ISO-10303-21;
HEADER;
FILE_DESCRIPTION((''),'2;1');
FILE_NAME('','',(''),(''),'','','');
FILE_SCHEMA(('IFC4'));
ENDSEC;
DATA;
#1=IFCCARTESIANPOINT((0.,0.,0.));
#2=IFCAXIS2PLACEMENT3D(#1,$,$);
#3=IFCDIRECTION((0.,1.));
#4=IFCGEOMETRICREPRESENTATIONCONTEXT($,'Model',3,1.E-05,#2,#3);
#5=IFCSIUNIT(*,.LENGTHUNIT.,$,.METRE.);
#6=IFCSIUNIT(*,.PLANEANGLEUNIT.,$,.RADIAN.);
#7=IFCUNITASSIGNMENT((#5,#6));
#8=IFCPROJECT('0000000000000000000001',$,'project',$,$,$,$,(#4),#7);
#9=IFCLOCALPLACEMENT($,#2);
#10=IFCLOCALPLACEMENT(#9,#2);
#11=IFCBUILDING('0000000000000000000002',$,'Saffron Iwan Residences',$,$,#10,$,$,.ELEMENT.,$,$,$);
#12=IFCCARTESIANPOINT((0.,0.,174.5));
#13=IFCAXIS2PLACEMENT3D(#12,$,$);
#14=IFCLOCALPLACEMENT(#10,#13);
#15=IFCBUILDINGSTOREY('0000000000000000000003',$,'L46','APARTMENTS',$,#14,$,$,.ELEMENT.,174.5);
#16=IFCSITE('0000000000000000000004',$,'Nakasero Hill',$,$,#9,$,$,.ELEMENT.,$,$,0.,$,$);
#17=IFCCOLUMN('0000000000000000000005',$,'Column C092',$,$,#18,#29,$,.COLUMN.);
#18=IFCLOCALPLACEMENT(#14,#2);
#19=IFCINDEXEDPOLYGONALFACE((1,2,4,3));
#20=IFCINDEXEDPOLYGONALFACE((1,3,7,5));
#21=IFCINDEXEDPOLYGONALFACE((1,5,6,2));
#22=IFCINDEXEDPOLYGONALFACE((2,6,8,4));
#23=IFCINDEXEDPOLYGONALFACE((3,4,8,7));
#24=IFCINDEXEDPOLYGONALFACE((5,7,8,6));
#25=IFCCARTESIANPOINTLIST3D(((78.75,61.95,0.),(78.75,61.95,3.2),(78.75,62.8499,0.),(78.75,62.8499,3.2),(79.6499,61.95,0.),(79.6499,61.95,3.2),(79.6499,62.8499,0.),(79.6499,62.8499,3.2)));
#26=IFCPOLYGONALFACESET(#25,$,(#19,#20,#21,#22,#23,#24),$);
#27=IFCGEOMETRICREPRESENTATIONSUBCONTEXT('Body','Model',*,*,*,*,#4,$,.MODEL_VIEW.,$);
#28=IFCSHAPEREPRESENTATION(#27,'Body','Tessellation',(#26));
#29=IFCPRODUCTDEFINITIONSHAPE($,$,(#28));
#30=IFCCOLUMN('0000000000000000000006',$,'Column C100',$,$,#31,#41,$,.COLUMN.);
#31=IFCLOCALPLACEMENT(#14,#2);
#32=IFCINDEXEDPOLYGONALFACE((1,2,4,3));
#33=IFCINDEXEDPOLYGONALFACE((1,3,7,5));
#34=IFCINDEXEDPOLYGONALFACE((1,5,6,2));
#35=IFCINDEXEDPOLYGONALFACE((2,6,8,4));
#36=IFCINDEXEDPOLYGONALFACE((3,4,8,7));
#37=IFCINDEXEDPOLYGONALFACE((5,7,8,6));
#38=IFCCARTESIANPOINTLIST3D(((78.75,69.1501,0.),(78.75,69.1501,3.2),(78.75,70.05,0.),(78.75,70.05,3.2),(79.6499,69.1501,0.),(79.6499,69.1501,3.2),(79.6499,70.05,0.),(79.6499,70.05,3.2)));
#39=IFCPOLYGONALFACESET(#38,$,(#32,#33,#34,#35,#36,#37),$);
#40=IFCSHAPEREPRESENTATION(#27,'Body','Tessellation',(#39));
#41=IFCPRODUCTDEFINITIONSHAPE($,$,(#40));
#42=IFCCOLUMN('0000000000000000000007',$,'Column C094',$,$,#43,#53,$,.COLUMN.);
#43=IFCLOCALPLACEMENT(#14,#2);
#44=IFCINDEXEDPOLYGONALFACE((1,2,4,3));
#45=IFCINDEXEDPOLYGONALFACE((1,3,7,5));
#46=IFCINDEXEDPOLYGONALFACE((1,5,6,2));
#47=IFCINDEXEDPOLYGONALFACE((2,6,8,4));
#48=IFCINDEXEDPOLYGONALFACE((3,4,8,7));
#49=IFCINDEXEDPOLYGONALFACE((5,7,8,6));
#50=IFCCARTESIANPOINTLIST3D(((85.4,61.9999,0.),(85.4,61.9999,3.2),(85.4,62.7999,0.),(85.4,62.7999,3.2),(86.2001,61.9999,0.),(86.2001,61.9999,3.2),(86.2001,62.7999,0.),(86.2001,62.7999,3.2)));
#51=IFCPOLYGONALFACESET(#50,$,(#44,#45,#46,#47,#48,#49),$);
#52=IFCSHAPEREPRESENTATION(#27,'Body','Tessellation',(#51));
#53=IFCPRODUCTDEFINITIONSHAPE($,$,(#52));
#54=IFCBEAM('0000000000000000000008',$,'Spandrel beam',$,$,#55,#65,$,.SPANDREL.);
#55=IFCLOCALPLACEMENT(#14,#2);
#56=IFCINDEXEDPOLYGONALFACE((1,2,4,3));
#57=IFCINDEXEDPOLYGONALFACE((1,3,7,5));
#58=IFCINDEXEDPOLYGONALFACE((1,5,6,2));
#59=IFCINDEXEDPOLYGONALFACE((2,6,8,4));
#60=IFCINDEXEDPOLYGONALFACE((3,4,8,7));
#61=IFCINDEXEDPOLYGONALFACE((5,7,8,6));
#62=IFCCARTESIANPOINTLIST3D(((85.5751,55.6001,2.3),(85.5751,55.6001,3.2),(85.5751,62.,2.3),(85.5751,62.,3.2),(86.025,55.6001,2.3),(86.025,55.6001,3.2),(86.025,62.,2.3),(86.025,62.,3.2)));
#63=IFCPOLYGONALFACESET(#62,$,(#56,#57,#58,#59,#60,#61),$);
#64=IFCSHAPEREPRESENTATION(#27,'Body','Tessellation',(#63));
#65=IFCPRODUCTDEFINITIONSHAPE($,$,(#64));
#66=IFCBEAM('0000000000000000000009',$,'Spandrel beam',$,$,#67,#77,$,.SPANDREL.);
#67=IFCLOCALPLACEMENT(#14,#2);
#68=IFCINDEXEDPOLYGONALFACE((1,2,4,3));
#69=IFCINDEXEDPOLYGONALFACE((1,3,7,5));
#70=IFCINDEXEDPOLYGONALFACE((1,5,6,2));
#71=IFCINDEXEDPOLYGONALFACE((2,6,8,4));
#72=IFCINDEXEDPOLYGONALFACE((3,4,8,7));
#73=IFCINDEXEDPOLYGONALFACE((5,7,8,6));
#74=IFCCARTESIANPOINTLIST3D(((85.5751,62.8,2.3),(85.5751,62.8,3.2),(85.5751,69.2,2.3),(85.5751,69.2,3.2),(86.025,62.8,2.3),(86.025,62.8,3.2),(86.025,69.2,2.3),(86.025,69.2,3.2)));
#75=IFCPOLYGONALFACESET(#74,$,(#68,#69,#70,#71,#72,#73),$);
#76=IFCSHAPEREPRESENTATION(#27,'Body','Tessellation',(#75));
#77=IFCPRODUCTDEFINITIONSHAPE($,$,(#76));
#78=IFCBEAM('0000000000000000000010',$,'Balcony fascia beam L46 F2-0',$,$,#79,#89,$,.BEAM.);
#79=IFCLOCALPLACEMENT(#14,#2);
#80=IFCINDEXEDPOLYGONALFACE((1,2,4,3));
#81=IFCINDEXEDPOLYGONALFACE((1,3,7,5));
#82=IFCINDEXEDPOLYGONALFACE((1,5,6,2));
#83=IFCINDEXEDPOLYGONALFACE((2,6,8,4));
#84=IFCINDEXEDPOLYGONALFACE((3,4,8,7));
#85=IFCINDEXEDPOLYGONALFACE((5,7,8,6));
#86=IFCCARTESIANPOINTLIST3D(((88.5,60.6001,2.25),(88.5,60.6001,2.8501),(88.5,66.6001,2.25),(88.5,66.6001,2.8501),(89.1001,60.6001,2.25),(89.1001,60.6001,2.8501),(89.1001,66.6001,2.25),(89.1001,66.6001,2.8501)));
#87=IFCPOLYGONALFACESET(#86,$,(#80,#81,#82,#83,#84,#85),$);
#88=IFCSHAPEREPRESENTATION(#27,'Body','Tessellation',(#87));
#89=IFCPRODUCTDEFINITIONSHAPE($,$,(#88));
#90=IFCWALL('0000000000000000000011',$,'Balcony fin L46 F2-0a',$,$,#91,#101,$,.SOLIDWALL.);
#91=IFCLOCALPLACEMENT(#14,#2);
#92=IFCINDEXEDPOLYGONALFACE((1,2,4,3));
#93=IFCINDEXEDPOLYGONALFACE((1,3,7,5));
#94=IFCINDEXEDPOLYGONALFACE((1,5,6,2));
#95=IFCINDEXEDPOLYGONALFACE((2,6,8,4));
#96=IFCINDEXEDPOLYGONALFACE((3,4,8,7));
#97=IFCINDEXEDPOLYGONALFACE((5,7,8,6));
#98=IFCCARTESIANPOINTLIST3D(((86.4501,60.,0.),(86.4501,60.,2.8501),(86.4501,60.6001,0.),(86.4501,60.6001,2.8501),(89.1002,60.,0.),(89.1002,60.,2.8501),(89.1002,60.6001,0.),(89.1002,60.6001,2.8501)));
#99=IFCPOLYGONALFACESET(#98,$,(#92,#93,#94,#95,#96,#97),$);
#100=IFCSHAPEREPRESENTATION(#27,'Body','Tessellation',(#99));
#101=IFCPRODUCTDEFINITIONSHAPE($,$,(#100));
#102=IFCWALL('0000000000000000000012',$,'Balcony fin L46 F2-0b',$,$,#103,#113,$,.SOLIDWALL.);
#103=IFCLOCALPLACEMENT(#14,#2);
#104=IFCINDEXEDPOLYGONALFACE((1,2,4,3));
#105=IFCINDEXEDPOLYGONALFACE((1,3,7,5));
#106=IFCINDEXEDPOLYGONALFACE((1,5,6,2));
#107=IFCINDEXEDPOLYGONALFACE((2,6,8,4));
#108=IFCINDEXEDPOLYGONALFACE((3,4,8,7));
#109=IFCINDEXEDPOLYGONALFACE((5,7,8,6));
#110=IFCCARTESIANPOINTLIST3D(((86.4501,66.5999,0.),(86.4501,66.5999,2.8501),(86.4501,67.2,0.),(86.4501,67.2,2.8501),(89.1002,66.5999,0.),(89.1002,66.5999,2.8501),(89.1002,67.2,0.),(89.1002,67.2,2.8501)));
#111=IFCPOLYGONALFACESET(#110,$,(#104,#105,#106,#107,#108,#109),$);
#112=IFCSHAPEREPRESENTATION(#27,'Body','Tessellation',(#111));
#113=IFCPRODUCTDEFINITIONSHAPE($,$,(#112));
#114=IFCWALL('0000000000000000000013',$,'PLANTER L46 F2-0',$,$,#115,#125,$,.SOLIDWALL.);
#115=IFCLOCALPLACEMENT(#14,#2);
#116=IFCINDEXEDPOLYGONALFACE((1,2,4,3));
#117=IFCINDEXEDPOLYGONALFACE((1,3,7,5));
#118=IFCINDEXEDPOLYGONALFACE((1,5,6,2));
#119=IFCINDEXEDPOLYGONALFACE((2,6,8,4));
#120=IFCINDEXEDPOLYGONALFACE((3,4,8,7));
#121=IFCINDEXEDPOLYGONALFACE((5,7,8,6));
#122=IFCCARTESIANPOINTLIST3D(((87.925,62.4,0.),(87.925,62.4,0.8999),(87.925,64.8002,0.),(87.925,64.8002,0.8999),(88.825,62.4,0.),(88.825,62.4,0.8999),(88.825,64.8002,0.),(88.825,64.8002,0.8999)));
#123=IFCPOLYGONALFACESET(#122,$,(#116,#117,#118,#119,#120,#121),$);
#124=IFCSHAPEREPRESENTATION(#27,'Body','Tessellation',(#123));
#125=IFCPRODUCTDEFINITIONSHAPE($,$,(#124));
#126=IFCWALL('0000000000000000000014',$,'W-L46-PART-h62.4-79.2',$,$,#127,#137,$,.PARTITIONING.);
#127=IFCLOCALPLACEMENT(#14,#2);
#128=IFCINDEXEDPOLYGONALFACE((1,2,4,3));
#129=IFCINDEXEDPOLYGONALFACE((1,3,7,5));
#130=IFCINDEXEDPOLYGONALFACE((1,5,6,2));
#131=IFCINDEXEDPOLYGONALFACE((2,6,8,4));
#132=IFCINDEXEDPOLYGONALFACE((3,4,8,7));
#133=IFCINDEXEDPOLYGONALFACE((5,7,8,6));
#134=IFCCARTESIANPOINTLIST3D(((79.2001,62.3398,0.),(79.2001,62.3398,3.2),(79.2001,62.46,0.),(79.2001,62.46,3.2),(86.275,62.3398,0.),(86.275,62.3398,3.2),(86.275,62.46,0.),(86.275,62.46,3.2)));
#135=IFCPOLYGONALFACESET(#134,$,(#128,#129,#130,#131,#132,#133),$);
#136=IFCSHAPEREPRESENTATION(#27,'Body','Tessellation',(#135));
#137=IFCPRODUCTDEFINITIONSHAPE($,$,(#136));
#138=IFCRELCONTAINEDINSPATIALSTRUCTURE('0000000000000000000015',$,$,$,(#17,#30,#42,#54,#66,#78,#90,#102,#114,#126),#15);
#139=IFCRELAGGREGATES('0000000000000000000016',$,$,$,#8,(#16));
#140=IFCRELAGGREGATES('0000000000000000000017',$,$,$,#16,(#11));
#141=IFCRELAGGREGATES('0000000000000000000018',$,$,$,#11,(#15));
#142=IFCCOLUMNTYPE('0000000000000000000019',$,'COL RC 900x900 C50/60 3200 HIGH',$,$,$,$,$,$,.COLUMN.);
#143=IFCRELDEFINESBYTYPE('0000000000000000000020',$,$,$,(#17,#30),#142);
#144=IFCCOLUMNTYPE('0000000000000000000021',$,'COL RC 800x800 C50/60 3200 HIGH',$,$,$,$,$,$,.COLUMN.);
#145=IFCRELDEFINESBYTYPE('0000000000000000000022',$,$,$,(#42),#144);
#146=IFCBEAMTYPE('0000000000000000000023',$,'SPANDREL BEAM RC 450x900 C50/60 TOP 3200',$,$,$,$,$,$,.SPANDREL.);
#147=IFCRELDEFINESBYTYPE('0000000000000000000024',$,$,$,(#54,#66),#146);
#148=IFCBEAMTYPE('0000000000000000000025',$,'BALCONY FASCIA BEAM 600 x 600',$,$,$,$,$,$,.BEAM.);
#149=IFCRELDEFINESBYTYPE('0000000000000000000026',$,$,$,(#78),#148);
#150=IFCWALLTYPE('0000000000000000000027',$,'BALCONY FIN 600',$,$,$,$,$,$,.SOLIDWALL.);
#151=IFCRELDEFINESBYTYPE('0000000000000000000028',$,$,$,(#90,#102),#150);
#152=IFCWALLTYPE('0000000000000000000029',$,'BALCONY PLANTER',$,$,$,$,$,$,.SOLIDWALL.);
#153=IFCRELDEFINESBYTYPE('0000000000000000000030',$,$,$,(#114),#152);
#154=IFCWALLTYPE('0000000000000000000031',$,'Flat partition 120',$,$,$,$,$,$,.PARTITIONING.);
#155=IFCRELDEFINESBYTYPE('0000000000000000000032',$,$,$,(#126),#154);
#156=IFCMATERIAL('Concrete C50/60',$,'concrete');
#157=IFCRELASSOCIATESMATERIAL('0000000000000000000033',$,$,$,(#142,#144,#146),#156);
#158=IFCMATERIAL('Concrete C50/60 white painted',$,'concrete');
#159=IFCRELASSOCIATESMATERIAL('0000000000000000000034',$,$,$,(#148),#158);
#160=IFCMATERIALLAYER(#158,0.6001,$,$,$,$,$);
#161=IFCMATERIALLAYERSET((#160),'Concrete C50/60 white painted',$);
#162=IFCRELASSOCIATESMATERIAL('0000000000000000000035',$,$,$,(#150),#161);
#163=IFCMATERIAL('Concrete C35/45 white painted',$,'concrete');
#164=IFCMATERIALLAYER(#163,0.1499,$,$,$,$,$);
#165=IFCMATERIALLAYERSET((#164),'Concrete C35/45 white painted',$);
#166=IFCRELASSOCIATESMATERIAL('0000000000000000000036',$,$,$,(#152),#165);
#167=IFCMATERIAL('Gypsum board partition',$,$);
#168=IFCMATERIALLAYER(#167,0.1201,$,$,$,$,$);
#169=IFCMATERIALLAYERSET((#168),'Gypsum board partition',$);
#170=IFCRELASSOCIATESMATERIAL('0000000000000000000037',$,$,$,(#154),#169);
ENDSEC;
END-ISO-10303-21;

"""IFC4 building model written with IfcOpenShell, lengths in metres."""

from ifc_helpers import new_model, si_unit, direction, frame, frame_2d, origin, origin_2d, place, context, subcontext, project, spatial, rectangle, extrude, source, transform, mapped, material, layer, layer_set, material_profile, profile_set, type_object, element, save


model = new_model("IFC4")

# Units and contexts
model_context = context("Model", 3, precision=1e-05, world=origin(), true_north=direction((0.0, 1.0)))
body_context = subcontext(model_context, "Body", "Model", "MODEL_VIEW")
ifc_project = project(units=[si_unit("LENGTHUNIT", "METRE"), si_unit("PLANEANGLEUNIT", "RADIAN")], contexts=[model_context])

# Site, building, storey
site_placement = place(None, origin())
site = spatial("IfcSite", under=ifc_project, at=site_placement, Name="Nakasero Hill", CompositionType="ELEMENT", RefElevation=0.0)
building_placement = place(site_placement, origin())
building = spatial("IfcBuilding", under=site, at=building_placement, Name="Saffron Iwan Residences", CompositionType="ELEMENT")
storey_placement = place(building_placement, frame((0.0, 0.0, 174.5)))
storey = spatial("IfcBuildingStorey", under=building, at=storey_placement, Name="L46", Description="APARTMENTS", CompositionType="ELEMENT", Elevation=174.5)

# Columns
ifc_material_1 = material(Name="Concrete C50/60", Category="concrete")
ifc_material_profile_1 = material_profile(ifc_material_1, rectangle(XDim=0.8999, YDim=0.8999, at=origin_2d()), Name="RC 900x900")
ifc_profile_set_1 = profile_set([ifc_material_profile_1], Name="Concrete C50/60")
column_type_1 = type_object("IfcColumnType", Name="COL RC 900x900 C50/60 3200 HIGH", PredefinedType="COLUMN", material=ifc_profile_set_1)
shared_shape_1 = source(origin(), body_context, "Body", "SweptSolid", [
    extrude(rectangle(XDim=0.8999, YDim=0.8999, at=origin_2d()), origin(), (0.0, 0.0, 1.0), 3.2),
])
for number, where, z_axis, x_axis, name in (
    (1, (79.2, 62.3999, 0.0), (0.0, 0.0, 1.0), (1.0, 0.0, 0.0), "Column C092"),
    (2, (79.2, 69.6001, 0.0), (0.0, 0.0, 1.0), (1.0, 0.0, 0.0), "Column C100"),
):
    element("IfcColumn", number, at=place(storey_placement, frame(where, z_axis=z_axis, x_axis=x_axis)), inside=storey, type_object=column_type_1, Name=name, PredefinedType="COLUMN", context=body_context, shape_type="MappedRepresentation", body=[
        mapped(shared_shape_1, transform((0.0, 0.0, 0.0))),
    ])
ifc_material_profile_2 = material_profile(ifc_material_1, rectangle(XDim=0.8, YDim=0.8, at=origin_2d()), Name="RC 800x800")
ifc_profile_set_2 = profile_set([ifc_material_profile_2], Name="Concrete C50/60")
column_type_2 = type_object("IfcColumnType", Name="COL RC 800x800 C50/60 3200 HIGH", PredefinedType="COLUMN", material=ifc_profile_set_2)
shared_shape_2 = source(origin(), body_context, "Body", "SweptSolid", [
    extrude(rectangle(XDim=0.8, YDim=0.8, at=origin_2d()), origin(), (0.0, 0.0, 1.0), 3.2),
])
column_placement = place(storey_placement, frame((85.8, 62.3999, 0.0), z_axis=(0.0, 0.0, 1.0), x_axis=(1.0, 0.0, 0.0)))
element("IfcColumn", 3, at=column_placement, inside=storey, type_object=column_type_2, Name="Column C094", PredefinedType="COLUMN", context=body_context, shape_type="MappedRepresentation", body=[
    mapped(shared_shape_2, transform((0.0, 0.0, 0.0))),
])

# Beams
ifc_material_profile_3 = material_profile(ifc_material_1, rectangle(XDim=0.45, YDim=0.8999, at=origin_2d()), Name="RC 450x900")
ifc_profile_set_3 = profile_set([ifc_material_profile_3], Name="Concrete C50/60")
beam_type_1 = type_object("IfcBeamType", Name="SPANDREL BEAM RC 450x900 C50/60 TOP 3200", PredefinedType="SPANDREL", material=ifc_profile_set_3)
shared_shape_3 = source(origin(), body_context, "Body", "SweptSolid", [
    extrude(rectangle(XDim=0.45, YDim=0.8999, at=origin_2d()), origin(), (0.0, 0.0, 1.0), 6.3999),
])
for number, where, z_axis, x_axis, name in (
    (4, (85.8, 62.0, 2.75), (0.0, -1.0, 0.0), (1.0, 0.0, 0.0), "Spandrel beam"),
    (5, (85.8, 69.2, 2.75), (0.0, -1.0, 0.0), (1.0, 0.0, 0.0), "Spandrel beam"),
):
    element("IfcBeam", number, at=place(storey_placement, frame(where, z_axis=z_axis, x_axis=x_axis)), inside=storey, type_object=beam_type_1, Name=name, PredefinedType="SPANDREL", context=body_context, shape_type="MappedRepresentation", body=[
        mapped(shared_shape_3, transform((0.0, 0.0, 0.0))),
    ])
ifc_material_2 = material(Name="Concrete C50/60 white painted", Category="concrete")
ifc_material_profile_4 = material_profile(ifc_material_2, rectangle(XDim=0.6001, YDim=0.6001, at=origin_2d()), Name="BALCONY FASCIA BEAM 600 x 600")
ifc_profile_set_4 = profile_set([ifc_material_profile_4], Name="Concrete C50/60 white painted")
beam_type_2 = type_object("IfcBeamType", Name="BALCONY FASCIA BEAM 600 x 600", PredefinedType="BEAM", material=ifc_profile_set_4)
shared_shape_4 = source(origin(), body_context, "Body", "SweptSolid", [
    extrude(rectangle(XDim=0.6001, YDim=0.6001, at=origin_2d()), origin(), (0.0, 0.0, 1.0), 6.0),
])
beam_placement = place(storey_placement, frame((88.8, 60.6001, 2.55), z_axis=(0.0, 1.0, 0.0), x_axis=(-1.0, 0.0, 0.0)))
element("IfcBeam", 6, at=beam_placement, inside=storey, type_object=beam_type_2, Name="Balcony fascia beam L46 F2-0", PredefinedType="BEAM", context=body_context, shape_type="MappedRepresentation", body=[
    mapped(shared_shape_4, transform((0.0, 0.0, 0.0))),
])

# Walls
ifc_layer_1 = layer(ifc_material_2, 0.6001)
ifc_layer_set_1 = layer_set([ifc_layer_1], Name="Concrete C50/60 white painted")
wall_type_1 = type_object("IfcWallType", Name="BALCONY FIN 600", PredefinedType="SOLIDWALL", material=ifc_layer_set_1)
for number, where, z_axis, x_axis, name in (
    (7, (86.45, 60.3, 0.0), (0.0, 0.0, 1.0), (1.0, 0.0, 0.0), "Balcony fin L46 F2-0a"),
    (8, (86.45, 66.8999, 0.0), (0.0, 0.0, 1.0), (1.0, 0.0, 0.0), "Balcony fin L46 F2-0b"),
):
    element("IfcWall", number, at=place(storey_placement, frame(where, z_axis=z_axis, x_axis=x_axis)), inside=storey, type_object=wall_type_1, Name=name, PredefinedType="SOLIDWALL", context=body_context, shape_type="SweptSolid", body=[
        extrude(rectangle(XDim=2.6501, YDim=0.6001, at=frame_2d((1.3252, 0.0))), origin(), (0.0, 0.0, 1.0), 2.8501),
    ])
ifc_material_3 = material(Name="Concrete C35/45 white painted", Category="concrete")
ifc_layer_2 = layer(ifc_material_3, 0.1499)
ifc_layer_set_2 = layer_set([ifc_layer_2], Name="Concrete C35/45 white painted")
wall_type_2 = type_object("IfcWallType", Name="BALCONY PLANTER", PredefinedType="SOLIDWALL", material=ifc_layer_set_2)
wall_1_placement = place(storey_placement, frame((88.375, 62.3999, 0.0), z_axis=(0.0, 0.0, 1.0), x_axis=(0.0, 1.0, 0.0)))
element("IfcWall", 9, at=wall_1_placement, inside=storey, type_object=wall_type_2, Name="PLANTER L46 F2-0", PredefinedType="SOLIDWALL", context=body_context, shape_type="SweptSolid", body=[
    extrude(rectangle(XDim=2.4001, YDim=0.8999, at=frame_2d((1.2002, 0.0))), origin(), (0.0, 0.0, 1.0), 0.8999),
])
ifc_material_4 = material(Name="Gypsum board partition")
ifc_layer_3 = layer(ifc_material_4, 0.1201)
ifc_layer_set_3 = layer_set([ifc_layer_3], Name="Gypsum board partition")
wall_type_3 = type_object("IfcWallType", Name="Flat partition 120", PredefinedType="PARTITIONING", material=ifc_layer_set_3)
wall_2_placement = place(storey_placement, frame((79.2, 62.3999, 0.0), z_axis=(0.0, 0.0, 1.0), x_axis=(1.0, 0.0, 0.0)))
element("IfcWall", 10, at=wall_2_placement, inside=storey, type_object=wall_type_3, Name="W-L46-PART-h62.4-79.2", PredefinedType="PARTITIONING", context=body_context, shape_type="SweptSolid", body=[
    extrude(rectangle(XDim=7.075, YDim=0.1201, at=frame_2d((3.5376, 0.0))), origin(), (0.0, 0.0, 1.0), 3.2),
])

save(model, "model.ifc")
